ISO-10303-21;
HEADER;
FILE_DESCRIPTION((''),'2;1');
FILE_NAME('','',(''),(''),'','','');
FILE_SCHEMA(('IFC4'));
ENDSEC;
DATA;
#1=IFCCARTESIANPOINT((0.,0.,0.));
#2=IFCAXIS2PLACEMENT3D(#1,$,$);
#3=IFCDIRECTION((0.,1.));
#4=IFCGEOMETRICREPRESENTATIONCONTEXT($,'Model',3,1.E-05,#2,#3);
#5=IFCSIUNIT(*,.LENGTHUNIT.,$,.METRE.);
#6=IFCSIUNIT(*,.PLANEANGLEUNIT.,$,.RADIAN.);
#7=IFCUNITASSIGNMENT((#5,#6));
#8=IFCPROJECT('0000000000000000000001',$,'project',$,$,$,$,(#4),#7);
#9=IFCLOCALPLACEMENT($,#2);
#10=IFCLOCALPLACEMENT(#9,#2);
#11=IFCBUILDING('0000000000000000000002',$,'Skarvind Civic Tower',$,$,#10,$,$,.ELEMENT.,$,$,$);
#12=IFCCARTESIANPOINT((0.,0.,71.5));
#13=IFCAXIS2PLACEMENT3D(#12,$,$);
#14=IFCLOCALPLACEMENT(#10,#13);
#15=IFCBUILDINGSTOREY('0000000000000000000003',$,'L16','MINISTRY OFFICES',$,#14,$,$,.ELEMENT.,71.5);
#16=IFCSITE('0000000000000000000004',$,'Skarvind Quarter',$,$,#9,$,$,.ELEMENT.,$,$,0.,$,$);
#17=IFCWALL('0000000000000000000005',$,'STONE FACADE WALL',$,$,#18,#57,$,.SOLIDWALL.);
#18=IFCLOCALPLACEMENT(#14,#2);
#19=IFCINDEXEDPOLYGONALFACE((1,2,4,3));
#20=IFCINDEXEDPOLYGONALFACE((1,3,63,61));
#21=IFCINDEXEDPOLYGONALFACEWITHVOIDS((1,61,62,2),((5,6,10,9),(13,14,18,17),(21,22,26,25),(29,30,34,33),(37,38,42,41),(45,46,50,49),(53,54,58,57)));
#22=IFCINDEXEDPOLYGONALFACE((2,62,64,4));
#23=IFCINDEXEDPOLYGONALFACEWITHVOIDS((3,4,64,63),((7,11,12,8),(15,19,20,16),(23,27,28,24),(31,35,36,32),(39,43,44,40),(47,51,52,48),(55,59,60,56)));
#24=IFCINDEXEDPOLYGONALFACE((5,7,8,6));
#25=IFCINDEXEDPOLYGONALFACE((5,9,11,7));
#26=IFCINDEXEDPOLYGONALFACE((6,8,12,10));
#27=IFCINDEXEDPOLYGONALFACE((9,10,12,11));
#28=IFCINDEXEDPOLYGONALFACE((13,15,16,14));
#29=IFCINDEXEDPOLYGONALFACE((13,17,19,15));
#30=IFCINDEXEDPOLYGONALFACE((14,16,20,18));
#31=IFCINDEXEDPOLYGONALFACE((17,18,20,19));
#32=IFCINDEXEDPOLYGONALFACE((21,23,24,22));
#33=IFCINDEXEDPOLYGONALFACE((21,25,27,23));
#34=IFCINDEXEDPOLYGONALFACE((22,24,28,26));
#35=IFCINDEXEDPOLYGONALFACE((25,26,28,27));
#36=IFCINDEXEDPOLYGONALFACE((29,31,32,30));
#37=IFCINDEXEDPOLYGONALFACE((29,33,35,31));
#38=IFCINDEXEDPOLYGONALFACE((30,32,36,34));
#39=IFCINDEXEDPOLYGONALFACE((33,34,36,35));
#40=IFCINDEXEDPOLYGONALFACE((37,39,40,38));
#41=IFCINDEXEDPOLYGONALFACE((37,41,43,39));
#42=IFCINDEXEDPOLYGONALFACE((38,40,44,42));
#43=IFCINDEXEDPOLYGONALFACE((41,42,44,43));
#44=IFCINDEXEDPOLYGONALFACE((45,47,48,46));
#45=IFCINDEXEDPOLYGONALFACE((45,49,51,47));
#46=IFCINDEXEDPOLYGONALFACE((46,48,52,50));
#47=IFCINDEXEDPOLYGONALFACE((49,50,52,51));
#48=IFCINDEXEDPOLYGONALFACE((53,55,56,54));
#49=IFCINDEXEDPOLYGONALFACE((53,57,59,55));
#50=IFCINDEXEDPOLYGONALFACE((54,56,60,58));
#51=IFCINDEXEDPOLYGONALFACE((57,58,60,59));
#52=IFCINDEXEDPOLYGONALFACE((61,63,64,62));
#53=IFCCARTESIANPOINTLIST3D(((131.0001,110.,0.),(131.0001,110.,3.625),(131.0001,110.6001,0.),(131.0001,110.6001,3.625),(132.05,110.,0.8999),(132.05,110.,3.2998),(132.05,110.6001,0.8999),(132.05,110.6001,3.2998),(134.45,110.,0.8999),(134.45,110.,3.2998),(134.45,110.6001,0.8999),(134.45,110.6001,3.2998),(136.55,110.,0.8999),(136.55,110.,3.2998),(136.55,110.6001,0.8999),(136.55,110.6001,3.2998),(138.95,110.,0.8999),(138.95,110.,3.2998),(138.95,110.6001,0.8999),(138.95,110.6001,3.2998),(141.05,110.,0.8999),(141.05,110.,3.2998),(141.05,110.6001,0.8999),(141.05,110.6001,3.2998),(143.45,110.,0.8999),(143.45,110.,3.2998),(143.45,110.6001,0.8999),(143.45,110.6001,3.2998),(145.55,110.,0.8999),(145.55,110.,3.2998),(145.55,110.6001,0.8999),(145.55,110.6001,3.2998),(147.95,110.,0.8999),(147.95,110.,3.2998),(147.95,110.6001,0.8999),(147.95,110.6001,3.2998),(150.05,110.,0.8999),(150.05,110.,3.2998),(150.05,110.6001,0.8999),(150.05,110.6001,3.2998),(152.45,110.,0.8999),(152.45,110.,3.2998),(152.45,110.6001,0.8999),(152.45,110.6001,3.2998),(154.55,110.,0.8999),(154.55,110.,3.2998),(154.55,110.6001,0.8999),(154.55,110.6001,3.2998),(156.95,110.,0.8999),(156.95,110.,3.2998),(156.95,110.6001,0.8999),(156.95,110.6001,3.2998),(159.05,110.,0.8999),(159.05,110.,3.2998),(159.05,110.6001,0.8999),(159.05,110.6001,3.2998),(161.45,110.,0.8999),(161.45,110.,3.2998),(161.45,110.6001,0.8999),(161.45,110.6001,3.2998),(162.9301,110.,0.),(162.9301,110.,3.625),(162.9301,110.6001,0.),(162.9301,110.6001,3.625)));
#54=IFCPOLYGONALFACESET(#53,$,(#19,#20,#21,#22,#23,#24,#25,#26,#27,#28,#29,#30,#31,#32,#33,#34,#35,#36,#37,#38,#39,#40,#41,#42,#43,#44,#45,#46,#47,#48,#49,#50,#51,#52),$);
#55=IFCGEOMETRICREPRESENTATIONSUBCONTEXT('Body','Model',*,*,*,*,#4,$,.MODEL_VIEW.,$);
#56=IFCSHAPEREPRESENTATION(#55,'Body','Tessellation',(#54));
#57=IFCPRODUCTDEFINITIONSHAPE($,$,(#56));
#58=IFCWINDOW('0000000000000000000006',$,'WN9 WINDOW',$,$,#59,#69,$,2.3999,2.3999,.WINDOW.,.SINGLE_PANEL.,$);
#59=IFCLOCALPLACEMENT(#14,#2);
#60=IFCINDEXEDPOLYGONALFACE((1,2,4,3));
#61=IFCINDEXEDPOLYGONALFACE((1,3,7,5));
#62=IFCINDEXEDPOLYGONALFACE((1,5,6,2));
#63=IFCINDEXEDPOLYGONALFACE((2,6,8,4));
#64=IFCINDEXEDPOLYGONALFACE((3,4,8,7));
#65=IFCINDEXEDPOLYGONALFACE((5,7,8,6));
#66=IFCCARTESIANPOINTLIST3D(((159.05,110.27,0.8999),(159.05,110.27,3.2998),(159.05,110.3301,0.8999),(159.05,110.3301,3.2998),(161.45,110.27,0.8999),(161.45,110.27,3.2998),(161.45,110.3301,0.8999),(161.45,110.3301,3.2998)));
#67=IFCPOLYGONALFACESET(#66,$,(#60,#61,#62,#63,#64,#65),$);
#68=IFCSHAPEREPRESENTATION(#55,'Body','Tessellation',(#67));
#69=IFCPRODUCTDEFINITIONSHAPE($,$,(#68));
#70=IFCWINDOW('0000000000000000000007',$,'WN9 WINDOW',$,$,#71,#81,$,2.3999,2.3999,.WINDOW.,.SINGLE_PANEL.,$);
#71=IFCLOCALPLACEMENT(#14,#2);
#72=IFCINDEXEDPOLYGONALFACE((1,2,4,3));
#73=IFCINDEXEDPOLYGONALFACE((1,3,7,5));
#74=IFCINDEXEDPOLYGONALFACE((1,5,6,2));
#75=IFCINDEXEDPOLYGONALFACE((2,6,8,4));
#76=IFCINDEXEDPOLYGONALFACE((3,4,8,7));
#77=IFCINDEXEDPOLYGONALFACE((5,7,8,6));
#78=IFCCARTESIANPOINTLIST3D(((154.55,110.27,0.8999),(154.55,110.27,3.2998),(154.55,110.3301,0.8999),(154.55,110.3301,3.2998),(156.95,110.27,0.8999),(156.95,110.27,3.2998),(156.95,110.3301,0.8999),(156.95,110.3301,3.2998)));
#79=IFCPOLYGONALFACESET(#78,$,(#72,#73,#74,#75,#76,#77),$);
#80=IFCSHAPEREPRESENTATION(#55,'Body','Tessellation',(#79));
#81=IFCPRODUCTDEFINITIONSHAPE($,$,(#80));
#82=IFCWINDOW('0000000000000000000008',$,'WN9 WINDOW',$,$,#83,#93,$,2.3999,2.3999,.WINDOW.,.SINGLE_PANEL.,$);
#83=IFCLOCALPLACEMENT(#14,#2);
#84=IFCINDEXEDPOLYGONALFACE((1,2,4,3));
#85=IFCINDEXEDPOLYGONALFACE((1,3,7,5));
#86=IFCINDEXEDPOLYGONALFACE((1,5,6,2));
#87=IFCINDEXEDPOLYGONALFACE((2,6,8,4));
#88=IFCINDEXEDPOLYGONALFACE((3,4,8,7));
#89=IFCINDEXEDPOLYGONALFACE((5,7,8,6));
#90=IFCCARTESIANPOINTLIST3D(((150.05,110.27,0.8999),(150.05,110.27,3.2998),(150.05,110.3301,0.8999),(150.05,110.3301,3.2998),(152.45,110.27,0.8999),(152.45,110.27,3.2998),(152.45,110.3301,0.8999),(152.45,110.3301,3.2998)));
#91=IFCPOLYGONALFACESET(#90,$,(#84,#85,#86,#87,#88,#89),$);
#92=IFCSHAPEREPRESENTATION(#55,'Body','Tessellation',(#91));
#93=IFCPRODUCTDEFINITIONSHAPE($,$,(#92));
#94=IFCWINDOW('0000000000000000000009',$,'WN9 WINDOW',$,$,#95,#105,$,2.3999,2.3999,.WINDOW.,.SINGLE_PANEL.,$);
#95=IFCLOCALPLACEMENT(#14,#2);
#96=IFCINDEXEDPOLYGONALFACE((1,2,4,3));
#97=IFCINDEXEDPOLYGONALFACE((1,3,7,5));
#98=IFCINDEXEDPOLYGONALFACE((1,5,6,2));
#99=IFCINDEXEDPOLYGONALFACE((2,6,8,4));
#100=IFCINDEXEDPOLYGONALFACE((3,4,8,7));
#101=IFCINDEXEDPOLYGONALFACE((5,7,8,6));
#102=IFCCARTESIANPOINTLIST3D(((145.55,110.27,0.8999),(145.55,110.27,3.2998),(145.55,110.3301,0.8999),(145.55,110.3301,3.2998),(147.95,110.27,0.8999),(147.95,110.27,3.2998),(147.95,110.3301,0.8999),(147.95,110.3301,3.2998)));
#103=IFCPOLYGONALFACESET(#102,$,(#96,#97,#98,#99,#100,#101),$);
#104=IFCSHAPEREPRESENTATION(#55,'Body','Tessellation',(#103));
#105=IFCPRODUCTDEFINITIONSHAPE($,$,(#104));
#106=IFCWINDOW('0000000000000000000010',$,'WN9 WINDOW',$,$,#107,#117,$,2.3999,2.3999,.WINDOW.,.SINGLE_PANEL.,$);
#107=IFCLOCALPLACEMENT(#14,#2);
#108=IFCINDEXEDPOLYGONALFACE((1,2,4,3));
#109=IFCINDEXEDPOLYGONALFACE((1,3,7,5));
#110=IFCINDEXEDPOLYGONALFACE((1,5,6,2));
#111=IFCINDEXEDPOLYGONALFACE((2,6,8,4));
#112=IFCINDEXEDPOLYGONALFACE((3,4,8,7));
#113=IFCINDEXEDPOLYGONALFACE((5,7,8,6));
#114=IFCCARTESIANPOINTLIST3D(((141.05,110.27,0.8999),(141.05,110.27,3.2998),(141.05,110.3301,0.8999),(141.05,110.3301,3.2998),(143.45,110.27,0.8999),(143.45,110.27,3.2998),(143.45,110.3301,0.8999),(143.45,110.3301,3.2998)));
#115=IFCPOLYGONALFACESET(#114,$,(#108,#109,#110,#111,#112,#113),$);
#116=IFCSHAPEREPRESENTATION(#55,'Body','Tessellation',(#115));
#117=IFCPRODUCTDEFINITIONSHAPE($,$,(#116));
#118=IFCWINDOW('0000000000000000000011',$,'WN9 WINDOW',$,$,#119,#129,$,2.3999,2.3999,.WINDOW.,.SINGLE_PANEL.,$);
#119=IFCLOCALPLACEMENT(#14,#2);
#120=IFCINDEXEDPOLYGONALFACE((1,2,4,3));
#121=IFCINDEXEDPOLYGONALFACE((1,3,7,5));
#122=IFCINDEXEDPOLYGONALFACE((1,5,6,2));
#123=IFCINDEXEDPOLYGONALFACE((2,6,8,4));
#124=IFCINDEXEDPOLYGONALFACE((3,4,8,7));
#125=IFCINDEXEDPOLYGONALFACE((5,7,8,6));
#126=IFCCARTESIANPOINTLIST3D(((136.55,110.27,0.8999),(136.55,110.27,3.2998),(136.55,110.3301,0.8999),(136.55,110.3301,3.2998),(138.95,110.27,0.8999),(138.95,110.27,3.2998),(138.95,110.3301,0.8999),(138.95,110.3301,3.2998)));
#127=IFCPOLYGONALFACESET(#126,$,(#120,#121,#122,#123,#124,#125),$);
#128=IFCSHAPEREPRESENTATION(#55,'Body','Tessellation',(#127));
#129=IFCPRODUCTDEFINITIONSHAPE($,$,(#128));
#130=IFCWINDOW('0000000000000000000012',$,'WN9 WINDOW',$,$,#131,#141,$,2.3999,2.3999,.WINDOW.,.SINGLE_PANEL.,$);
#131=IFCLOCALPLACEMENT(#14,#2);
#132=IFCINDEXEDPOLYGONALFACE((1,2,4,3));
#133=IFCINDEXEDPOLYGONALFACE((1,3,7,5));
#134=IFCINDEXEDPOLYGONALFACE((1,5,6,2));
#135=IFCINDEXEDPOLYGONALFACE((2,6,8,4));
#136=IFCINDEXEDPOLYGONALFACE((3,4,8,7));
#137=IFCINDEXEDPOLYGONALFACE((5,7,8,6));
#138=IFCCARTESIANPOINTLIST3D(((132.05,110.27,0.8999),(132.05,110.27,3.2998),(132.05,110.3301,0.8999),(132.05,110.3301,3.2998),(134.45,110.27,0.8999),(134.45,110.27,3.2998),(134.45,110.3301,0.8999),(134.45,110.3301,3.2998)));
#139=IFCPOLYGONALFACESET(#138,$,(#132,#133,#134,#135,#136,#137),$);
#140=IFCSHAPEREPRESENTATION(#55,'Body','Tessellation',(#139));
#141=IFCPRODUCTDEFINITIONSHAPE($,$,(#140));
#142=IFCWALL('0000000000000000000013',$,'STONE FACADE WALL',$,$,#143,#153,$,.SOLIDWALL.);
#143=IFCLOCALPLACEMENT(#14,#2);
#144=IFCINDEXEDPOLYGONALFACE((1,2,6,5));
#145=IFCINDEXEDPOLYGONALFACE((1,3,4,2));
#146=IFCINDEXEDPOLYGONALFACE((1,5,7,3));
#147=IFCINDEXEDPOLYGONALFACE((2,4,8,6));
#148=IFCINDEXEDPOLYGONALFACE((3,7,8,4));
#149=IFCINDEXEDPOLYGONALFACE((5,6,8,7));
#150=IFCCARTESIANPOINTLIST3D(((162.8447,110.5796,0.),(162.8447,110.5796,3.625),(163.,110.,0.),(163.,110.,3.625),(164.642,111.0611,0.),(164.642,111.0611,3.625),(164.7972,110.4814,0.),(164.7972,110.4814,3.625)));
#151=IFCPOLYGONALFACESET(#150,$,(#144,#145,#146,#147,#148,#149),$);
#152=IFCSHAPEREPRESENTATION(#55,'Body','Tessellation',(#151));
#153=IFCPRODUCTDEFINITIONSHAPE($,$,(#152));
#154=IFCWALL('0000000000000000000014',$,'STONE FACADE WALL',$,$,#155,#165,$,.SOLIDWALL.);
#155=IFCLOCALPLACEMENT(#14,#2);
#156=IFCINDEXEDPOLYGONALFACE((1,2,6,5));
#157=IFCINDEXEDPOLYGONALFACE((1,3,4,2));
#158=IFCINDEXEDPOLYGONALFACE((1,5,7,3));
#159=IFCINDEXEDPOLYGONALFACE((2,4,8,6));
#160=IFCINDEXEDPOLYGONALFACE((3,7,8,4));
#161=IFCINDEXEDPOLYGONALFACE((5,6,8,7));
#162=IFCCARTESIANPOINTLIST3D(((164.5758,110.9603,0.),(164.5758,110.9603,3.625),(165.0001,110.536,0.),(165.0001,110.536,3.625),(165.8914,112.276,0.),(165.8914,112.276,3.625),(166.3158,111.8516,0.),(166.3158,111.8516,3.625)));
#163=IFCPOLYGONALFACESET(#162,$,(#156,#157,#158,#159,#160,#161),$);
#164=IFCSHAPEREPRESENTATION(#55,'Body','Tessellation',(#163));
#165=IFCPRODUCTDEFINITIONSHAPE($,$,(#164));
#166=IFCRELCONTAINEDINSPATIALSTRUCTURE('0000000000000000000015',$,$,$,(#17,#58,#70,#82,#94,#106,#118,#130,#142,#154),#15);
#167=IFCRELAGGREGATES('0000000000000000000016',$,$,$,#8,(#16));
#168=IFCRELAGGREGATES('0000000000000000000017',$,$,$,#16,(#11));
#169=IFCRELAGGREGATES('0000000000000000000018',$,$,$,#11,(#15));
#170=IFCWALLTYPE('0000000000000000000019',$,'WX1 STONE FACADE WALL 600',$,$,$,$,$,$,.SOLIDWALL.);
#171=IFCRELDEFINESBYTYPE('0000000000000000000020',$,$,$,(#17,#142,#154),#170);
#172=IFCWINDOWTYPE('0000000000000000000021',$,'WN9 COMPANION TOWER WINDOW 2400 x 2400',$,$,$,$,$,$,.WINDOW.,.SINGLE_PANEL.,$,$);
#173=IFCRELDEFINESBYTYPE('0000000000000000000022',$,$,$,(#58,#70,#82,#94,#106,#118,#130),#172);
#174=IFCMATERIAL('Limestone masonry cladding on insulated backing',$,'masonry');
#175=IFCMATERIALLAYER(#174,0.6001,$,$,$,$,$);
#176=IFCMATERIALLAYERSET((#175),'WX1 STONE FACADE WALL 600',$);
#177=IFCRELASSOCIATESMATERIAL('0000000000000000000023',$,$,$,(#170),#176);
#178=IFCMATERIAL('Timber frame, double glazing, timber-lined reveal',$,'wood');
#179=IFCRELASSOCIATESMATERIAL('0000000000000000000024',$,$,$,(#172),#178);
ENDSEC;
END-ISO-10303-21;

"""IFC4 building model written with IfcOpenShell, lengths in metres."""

from ifc_helpers import new_model, si_unit, direction, frame, frame_2d, origin, place, context, subcontext, project, spatial, rectangle, extrude, material, layer, layer_set, type_object, element, fill, save


model = new_model("IFC4")

# Units and contexts
model_context = context("Model", 3, precision=1e-05, world=origin(), true_north=direction((0.0, 1.0)))
body_context = subcontext(model_context, "Body", "Model", "MODEL_VIEW")
ifc_project = project(units=[si_unit("LENGTHUNIT", "METRE"), si_unit("PLANEANGLEUNIT", "RADIAN")], contexts=[model_context])

# Site, building, storey
site_placement = place(None, origin())
site = spatial("IfcSite", under=ifc_project, at=site_placement, Name="Skarvind Quarter", CompositionType="ELEMENT", RefElevation=0.0)
building_placement = place(site_placement, origin())
building = spatial("IfcBuilding", under=site, at=building_placement, Name="Skarvind Civic Tower", CompositionType="ELEMENT")
storey_placement = place(building_placement, frame((0.0, 0.0, 71.5)))
storey = spatial("IfcBuildingStorey", under=building, at=storey_placement, Name="L16", Description="MINISTRY OFFICES", CompositionType="ELEMENT", Elevation=71.5)

# Wall, openings, windows
ifc_material_1 = material(Name="Limestone masonry cladding on insulated backing", Category="masonry")
ifc_layer_1 = layer(ifc_material_1, 0.6001)
ifc_layer_set_1 = layer_set([ifc_layer_1], Name="WX1 STONE FACADE WALL 600")
wall_type_1 = type_object("IfcWallType", Name="WX1 STONE FACADE WALL 600", PredefinedType="SOLIDWALL", material=ifc_layer_set_1)
wall_1_placement = place(storey_placement, frame((162.9299, 110.3, 0.0), z_axis=(0.0, 0.0, 1.0), x_axis=(-1.0, 0.0, 0.0)))
wall_1 = element("IfcWall", 1, at=wall_1_placement, inside=storey, type_object=wall_type_1, Name="STONE FACADE WALL", PredefinedType="SOLIDWALL", context=body_context, shape_type="SweptSolid", body=[
    extrude(rectangle(XDim=31.9299, YDim=0.6001, at=frame_2d((15.9648, 0.0))), origin(), (0.0, 0.0, 1.0), 3.625),
])
opening_1_placement = place(wall_1_placement, frame((1.48, 0.0, 0.8999)))
opening_1 = element("IfcOpeningElement", 2, at=opening_1_placement, cuts=wall_1, PredefinedType="OPENING", context=body_context, shape_type="SweptSolid", body=[
    extrude(rectangle(XDim=2.3999, YDim=2.3999, at=frame_2d((1.2, 1.2))), frame((0.0, 0.3101, 0.0), z_axis=(0.0, -1.0, 0.0), x_axis=(1.0, 0.0, 0.0)), (0.0, 0.0, 1.0), 0.6201),
])
opening_2_placement = place(wall_1_placement, frame((5.98, 0.0, 0.8999)))
opening_2 = element("IfcOpeningElement", 3, at=opening_2_placement, cuts=wall_1, PredefinedType="OPENING", context=body_context, shape_type="SweptSolid", body=[
    extrude(rectangle(XDim=2.3999, YDim=2.3999, at=frame_2d((1.2, 1.2))), frame((0.0, 0.3101, 0.0), z_axis=(0.0, -1.0, 0.0), x_axis=(1.0, 0.0, 0.0)), (0.0, 0.0, 1.0), 0.6201),
])
opening_3_placement = place(wall_1_placement, frame((10.48, 0.0, 0.8999)))
opening_3 = element("IfcOpeningElement", 4, at=opening_3_placement, cuts=wall_1, PredefinedType="OPENING", context=body_context, shape_type="SweptSolid", body=[
    extrude(rectangle(XDim=2.3999, YDim=2.3999, at=frame_2d((1.2, 1.2))), frame((0.0, 0.3101, 0.0), z_axis=(0.0, -1.0, 0.0), x_axis=(1.0, 0.0, 0.0)), (0.0, 0.0, 1.0), 0.6201),
])
opening_4_placement = place(wall_1_placement, frame((14.98, 0.0, 0.8999)))
opening_4 = element("IfcOpeningElement", 5, at=opening_4_placement, cuts=wall_1, PredefinedType="OPENING", context=body_context, shape_type="SweptSolid", body=[
    extrude(rectangle(XDim=2.3999, YDim=2.3999, at=frame_2d((1.2, 1.2))), frame((0.0, 0.3101, 0.0), z_axis=(0.0, -1.0, 0.0), x_axis=(1.0, 0.0, 0.0)), (0.0, 0.0, 1.0), 0.6201),
])
opening_5_placement = place(wall_1_placement, frame((19.48, 0.0, 0.8999)))
opening_5 = element("IfcOpeningElement", 6, at=opening_5_placement, cuts=wall_1, PredefinedType="OPENING", context=body_context, shape_type="SweptSolid", body=[
    extrude(rectangle(XDim=2.3999, YDim=2.3999, at=frame_2d((1.2, 1.2))), frame((0.0, 0.3101, 0.0), z_axis=(0.0, -1.0, 0.0), x_axis=(1.0, 0.0, 0.0)), (0.0, 0.0, 1.0), 0.6201),
])
opening_6_placement = place(wall_1_placement, frame((23.98, 0.0, 0.8999)))
opening_6 = element("IfcOpeningElement", 7, at=opening_6_placement, cuts=wall_1, PredefinedType="OPENING", context=body_context, shape_type="SweptSolid", body=[
    extrude(rectangle(XDim=2.3999, YDim=2.3999, at=frame_2d((1.2, 1.2))), frame((0.0, 0.3101, 0.0), z_axis=(0.0, -1.0, 0.0), x_axis=(1.0, 0.0, 0.0)), (0.0, 0.0, 1.0), 0.6201),
])
opening_7_placement = place(wall_1_placement, frame((28.48, 0.0, 0.8999)))
opening_7 = element("IfcOpeningElement", 8, at=opening_7_placement, cuts=wall_1, PredefinedType="OPENING", context=body_context, shape_type="SweptSolid", body=[
    extrude(rectangle(XDim=2.3999, YDim=2.3999, at=frame_2d((1.2, 1.2))), frame((0.0, 0.3101, 0.0), z_axis=(0.0, -1.0, 0.0), x_axis=(1.0, 0.0, 0.0)), (0.0, 0.0, 1.0), 0.6201),
])
ifc_material_2 = material(Name="Timber frame, double glazing, timber-lined reveal", Category="wood")
window_type = type_object("IfcWindowType", Name="WN9 COMPANION TOWER WINDOW 2400 x 2400", PartitioningType="SINGLE_PANEL", PredefinedType="WINDOW", material=ifc_material_2)
window_1_placement = place(opening_1_placement, origin())
window_1 = element("IfcWindow", 9, at=window_1_placement, inside=storey, type_object=window_type, Name="WN9 WINDOW", OverallHeight=2.3999, OverallWidth=2.3999, PartitioningType="SINGLE_PANEL", PredefinedType="WINDOW", context=body_context, shape_type="SweptSolid", body=[
    extrude(rectangle(XDim=2.3999, YDim=2.3999, at=frame_2d((1.2, 1.2))), frame((0.0, 0.03, 0.0), z_axis=(0.0, -1.0, 0.0), x_axis=(1.0, 0.0, 0.0)), (0.0, 0.0, 1.0), 0.0601),
])
fill(opening_1, window_1)
window_2_placement = place(opening_2_placement, origin())
window_2 = element("IfcWindow", 10, at=window_2_placement, inside=storey, type_object=window_type, Name="WN9 WINDOW", OverallHeight=2.3999, OverallWidth=2.3999, PartitioningType="SINGLE_PANEL", PredefinedType="WINDOW", context=body_context, shape_type="SweptSolid", body=[
    extrude(rectangle(XDim=2.3999, YDim=2.3999, at=frame_2d((1.2, 1.2))), frame((0.0, 0.03, 0.0), z_axis=(0.0, -1.0, 0.0), x_axis=(1.0, 0.0, 0.0)), (0.0, 0.0, 1.0), 0.0601),
])
fill(opening_2, window_2)
window_3_placement = place(opening_3_placement, origin())
window_3 = element("IfcWindow", 11, at=window_3_placement, inside=storey, type_object=window_type, Name="WN9 WINDOW", OverallHeight=2.3999, OverallWidth=2.3999, PartitioningType="SINGLE_PANEL", PredefinedType="WINDOW", context=body_context, shape_type="SweptSolid", body=[
    extrude(rectangle(XDim=2.3999, YDim=2.3999, at=frame_2d((1.2, 1.2))), frame((0.0, 0.03, 0.0), z_axis=(0.0, -1.0, 0.0), x_axis=(1.0, 0.0, 0.0)), (0.0, 0.0, 1.0), 0.0601),
])
fill(opening_3, window_3)
window_4_placement = place(opening_4_placement, origin())
window_4 = element("IfcWindow", 12, at=window_4_placement, inside=storey, type_object=window_type, Name="WN9 WINDOW", OverallHeight=2.3999, OverallWidth=2.3999, PartitioningType="SINGLE_PANEL", PredefinedType="WINDOW", context=body_context, shape_type="SweptSolid", body=[
    extrude(rectangle(XDim=2.3999, YDim=2.3999, at=frame_2d((1.2, 1.2))), frame((0.0, 0.03, 0.0), z_axis=(0.0, -1.0, 0.0), x_axis=(1.0, 0.0, 0.0)), (0.0, 0.0, 1.0), 0.0601),
])
fill(opening_4, window_4)
window_5_placement = place(opening_5_placement, origin())
window_5 = element("IfcWindow", 13, at=window_5_placement, inside=storey, type_object=window_type, Name="WN9 WINDOW", OverallHeight=2.3999, OverallWidth=2.3999, PartitioningType="SINGLE_PANEL", PredefinedType="WINDOW", context=body_context, shape_type="SweptSolid", body=[
    extrude(rectangle(XDim=2.3999, YDim=2.3999, at=frame_2d((1.2, 1.2))), frame((0.0, 0.03, 0.0), z_axis=(0.0, -1.0, 0.0), x_axis=(1.0, 0.0, 0.0)), (0.0, 0.0, 1.0), 0.0601),
])
fill(opening_5, window_5)
window_6_placement = place(opening_6_placement, origin())
window_6 = element("IfcWindow", 14, at=window_6_placement, inside=storey, type_object=window_type, Name="WN9 WINDOW", OverallHeight=2.3999, OverallWidth=2.3999, PartitioningType="SINGLE_PANEL", PredefinedType="WINDOW", context=body_context, shape_type="SweptSolid", body=[
    extrude(rectangle(XDim=2.3999, YDim=2.3999, at=frame_2d((1.2, 1.2))), frame((0.0, 0.03, 0.0), z_axis=(0.0, -1.0, 0.0), x_axis=(1.0, 0.0, 0.0)), (0.0, 0.0, 1.0), 0.0601),
])
fill(opening_6, window_6)
window_7_placement = place(opening_7_placement, origin())
window_7 = element("IfcWindow", 15, at=window_7_placement, inside=storey, type_object=window_type, Name="WN9 WINDOW", OverallHeight=2.3999, OverallWidth=2.3999, PartitioningType="SINGLE_PANEL", PredefinedType="WINDOW", context=body_context, shape_type="SweptSolid", body=[
    extrude(rectangle(XDim=2.3999, YDim=2.3999, at=frame_2d((1.2, 1.2))), frame((0.0, 0.03, 0.0), z_axis=(0.0, -1.0, 0.0), x_axis=(1.0, 0.0, 0.0)), (0.0, 0.0, 1.0), 0.0601),
])
fill(opening_7, window_7)

# Walls
for number, where, z_axis, x_axis, name in (
    (16, (164.7195, 110.7712, 0.0), (0.0, 0.0, 1.0), (-0.965938, -0.258773, 0.0), "STONE FACADE WALL"),
    (17, (166.1035, 112.0637, 0.0), (0.0, 0.0, 1.0), (-0.707107, -0.707107, 0.0), "STONE FACADE WALL"),
):
    element("IfcWall", number, at=place(storey_placement, frame(where, z_axis=z_axis, x_axis=x_axis)), inside=storey, type_object=wall_type_1, Name=name, PredefinedType="SOLIDWALL", context=body_context, shape_type="SweptSolid", body=[
        extrude(rectangle(XDim=1.8606, YDim=0.6001, at=frame_2d((0.9302, 0.0))), origin(), (0.0, 0.0, 1.0), 3.625),
    ])

save(model, "model.ifc")
